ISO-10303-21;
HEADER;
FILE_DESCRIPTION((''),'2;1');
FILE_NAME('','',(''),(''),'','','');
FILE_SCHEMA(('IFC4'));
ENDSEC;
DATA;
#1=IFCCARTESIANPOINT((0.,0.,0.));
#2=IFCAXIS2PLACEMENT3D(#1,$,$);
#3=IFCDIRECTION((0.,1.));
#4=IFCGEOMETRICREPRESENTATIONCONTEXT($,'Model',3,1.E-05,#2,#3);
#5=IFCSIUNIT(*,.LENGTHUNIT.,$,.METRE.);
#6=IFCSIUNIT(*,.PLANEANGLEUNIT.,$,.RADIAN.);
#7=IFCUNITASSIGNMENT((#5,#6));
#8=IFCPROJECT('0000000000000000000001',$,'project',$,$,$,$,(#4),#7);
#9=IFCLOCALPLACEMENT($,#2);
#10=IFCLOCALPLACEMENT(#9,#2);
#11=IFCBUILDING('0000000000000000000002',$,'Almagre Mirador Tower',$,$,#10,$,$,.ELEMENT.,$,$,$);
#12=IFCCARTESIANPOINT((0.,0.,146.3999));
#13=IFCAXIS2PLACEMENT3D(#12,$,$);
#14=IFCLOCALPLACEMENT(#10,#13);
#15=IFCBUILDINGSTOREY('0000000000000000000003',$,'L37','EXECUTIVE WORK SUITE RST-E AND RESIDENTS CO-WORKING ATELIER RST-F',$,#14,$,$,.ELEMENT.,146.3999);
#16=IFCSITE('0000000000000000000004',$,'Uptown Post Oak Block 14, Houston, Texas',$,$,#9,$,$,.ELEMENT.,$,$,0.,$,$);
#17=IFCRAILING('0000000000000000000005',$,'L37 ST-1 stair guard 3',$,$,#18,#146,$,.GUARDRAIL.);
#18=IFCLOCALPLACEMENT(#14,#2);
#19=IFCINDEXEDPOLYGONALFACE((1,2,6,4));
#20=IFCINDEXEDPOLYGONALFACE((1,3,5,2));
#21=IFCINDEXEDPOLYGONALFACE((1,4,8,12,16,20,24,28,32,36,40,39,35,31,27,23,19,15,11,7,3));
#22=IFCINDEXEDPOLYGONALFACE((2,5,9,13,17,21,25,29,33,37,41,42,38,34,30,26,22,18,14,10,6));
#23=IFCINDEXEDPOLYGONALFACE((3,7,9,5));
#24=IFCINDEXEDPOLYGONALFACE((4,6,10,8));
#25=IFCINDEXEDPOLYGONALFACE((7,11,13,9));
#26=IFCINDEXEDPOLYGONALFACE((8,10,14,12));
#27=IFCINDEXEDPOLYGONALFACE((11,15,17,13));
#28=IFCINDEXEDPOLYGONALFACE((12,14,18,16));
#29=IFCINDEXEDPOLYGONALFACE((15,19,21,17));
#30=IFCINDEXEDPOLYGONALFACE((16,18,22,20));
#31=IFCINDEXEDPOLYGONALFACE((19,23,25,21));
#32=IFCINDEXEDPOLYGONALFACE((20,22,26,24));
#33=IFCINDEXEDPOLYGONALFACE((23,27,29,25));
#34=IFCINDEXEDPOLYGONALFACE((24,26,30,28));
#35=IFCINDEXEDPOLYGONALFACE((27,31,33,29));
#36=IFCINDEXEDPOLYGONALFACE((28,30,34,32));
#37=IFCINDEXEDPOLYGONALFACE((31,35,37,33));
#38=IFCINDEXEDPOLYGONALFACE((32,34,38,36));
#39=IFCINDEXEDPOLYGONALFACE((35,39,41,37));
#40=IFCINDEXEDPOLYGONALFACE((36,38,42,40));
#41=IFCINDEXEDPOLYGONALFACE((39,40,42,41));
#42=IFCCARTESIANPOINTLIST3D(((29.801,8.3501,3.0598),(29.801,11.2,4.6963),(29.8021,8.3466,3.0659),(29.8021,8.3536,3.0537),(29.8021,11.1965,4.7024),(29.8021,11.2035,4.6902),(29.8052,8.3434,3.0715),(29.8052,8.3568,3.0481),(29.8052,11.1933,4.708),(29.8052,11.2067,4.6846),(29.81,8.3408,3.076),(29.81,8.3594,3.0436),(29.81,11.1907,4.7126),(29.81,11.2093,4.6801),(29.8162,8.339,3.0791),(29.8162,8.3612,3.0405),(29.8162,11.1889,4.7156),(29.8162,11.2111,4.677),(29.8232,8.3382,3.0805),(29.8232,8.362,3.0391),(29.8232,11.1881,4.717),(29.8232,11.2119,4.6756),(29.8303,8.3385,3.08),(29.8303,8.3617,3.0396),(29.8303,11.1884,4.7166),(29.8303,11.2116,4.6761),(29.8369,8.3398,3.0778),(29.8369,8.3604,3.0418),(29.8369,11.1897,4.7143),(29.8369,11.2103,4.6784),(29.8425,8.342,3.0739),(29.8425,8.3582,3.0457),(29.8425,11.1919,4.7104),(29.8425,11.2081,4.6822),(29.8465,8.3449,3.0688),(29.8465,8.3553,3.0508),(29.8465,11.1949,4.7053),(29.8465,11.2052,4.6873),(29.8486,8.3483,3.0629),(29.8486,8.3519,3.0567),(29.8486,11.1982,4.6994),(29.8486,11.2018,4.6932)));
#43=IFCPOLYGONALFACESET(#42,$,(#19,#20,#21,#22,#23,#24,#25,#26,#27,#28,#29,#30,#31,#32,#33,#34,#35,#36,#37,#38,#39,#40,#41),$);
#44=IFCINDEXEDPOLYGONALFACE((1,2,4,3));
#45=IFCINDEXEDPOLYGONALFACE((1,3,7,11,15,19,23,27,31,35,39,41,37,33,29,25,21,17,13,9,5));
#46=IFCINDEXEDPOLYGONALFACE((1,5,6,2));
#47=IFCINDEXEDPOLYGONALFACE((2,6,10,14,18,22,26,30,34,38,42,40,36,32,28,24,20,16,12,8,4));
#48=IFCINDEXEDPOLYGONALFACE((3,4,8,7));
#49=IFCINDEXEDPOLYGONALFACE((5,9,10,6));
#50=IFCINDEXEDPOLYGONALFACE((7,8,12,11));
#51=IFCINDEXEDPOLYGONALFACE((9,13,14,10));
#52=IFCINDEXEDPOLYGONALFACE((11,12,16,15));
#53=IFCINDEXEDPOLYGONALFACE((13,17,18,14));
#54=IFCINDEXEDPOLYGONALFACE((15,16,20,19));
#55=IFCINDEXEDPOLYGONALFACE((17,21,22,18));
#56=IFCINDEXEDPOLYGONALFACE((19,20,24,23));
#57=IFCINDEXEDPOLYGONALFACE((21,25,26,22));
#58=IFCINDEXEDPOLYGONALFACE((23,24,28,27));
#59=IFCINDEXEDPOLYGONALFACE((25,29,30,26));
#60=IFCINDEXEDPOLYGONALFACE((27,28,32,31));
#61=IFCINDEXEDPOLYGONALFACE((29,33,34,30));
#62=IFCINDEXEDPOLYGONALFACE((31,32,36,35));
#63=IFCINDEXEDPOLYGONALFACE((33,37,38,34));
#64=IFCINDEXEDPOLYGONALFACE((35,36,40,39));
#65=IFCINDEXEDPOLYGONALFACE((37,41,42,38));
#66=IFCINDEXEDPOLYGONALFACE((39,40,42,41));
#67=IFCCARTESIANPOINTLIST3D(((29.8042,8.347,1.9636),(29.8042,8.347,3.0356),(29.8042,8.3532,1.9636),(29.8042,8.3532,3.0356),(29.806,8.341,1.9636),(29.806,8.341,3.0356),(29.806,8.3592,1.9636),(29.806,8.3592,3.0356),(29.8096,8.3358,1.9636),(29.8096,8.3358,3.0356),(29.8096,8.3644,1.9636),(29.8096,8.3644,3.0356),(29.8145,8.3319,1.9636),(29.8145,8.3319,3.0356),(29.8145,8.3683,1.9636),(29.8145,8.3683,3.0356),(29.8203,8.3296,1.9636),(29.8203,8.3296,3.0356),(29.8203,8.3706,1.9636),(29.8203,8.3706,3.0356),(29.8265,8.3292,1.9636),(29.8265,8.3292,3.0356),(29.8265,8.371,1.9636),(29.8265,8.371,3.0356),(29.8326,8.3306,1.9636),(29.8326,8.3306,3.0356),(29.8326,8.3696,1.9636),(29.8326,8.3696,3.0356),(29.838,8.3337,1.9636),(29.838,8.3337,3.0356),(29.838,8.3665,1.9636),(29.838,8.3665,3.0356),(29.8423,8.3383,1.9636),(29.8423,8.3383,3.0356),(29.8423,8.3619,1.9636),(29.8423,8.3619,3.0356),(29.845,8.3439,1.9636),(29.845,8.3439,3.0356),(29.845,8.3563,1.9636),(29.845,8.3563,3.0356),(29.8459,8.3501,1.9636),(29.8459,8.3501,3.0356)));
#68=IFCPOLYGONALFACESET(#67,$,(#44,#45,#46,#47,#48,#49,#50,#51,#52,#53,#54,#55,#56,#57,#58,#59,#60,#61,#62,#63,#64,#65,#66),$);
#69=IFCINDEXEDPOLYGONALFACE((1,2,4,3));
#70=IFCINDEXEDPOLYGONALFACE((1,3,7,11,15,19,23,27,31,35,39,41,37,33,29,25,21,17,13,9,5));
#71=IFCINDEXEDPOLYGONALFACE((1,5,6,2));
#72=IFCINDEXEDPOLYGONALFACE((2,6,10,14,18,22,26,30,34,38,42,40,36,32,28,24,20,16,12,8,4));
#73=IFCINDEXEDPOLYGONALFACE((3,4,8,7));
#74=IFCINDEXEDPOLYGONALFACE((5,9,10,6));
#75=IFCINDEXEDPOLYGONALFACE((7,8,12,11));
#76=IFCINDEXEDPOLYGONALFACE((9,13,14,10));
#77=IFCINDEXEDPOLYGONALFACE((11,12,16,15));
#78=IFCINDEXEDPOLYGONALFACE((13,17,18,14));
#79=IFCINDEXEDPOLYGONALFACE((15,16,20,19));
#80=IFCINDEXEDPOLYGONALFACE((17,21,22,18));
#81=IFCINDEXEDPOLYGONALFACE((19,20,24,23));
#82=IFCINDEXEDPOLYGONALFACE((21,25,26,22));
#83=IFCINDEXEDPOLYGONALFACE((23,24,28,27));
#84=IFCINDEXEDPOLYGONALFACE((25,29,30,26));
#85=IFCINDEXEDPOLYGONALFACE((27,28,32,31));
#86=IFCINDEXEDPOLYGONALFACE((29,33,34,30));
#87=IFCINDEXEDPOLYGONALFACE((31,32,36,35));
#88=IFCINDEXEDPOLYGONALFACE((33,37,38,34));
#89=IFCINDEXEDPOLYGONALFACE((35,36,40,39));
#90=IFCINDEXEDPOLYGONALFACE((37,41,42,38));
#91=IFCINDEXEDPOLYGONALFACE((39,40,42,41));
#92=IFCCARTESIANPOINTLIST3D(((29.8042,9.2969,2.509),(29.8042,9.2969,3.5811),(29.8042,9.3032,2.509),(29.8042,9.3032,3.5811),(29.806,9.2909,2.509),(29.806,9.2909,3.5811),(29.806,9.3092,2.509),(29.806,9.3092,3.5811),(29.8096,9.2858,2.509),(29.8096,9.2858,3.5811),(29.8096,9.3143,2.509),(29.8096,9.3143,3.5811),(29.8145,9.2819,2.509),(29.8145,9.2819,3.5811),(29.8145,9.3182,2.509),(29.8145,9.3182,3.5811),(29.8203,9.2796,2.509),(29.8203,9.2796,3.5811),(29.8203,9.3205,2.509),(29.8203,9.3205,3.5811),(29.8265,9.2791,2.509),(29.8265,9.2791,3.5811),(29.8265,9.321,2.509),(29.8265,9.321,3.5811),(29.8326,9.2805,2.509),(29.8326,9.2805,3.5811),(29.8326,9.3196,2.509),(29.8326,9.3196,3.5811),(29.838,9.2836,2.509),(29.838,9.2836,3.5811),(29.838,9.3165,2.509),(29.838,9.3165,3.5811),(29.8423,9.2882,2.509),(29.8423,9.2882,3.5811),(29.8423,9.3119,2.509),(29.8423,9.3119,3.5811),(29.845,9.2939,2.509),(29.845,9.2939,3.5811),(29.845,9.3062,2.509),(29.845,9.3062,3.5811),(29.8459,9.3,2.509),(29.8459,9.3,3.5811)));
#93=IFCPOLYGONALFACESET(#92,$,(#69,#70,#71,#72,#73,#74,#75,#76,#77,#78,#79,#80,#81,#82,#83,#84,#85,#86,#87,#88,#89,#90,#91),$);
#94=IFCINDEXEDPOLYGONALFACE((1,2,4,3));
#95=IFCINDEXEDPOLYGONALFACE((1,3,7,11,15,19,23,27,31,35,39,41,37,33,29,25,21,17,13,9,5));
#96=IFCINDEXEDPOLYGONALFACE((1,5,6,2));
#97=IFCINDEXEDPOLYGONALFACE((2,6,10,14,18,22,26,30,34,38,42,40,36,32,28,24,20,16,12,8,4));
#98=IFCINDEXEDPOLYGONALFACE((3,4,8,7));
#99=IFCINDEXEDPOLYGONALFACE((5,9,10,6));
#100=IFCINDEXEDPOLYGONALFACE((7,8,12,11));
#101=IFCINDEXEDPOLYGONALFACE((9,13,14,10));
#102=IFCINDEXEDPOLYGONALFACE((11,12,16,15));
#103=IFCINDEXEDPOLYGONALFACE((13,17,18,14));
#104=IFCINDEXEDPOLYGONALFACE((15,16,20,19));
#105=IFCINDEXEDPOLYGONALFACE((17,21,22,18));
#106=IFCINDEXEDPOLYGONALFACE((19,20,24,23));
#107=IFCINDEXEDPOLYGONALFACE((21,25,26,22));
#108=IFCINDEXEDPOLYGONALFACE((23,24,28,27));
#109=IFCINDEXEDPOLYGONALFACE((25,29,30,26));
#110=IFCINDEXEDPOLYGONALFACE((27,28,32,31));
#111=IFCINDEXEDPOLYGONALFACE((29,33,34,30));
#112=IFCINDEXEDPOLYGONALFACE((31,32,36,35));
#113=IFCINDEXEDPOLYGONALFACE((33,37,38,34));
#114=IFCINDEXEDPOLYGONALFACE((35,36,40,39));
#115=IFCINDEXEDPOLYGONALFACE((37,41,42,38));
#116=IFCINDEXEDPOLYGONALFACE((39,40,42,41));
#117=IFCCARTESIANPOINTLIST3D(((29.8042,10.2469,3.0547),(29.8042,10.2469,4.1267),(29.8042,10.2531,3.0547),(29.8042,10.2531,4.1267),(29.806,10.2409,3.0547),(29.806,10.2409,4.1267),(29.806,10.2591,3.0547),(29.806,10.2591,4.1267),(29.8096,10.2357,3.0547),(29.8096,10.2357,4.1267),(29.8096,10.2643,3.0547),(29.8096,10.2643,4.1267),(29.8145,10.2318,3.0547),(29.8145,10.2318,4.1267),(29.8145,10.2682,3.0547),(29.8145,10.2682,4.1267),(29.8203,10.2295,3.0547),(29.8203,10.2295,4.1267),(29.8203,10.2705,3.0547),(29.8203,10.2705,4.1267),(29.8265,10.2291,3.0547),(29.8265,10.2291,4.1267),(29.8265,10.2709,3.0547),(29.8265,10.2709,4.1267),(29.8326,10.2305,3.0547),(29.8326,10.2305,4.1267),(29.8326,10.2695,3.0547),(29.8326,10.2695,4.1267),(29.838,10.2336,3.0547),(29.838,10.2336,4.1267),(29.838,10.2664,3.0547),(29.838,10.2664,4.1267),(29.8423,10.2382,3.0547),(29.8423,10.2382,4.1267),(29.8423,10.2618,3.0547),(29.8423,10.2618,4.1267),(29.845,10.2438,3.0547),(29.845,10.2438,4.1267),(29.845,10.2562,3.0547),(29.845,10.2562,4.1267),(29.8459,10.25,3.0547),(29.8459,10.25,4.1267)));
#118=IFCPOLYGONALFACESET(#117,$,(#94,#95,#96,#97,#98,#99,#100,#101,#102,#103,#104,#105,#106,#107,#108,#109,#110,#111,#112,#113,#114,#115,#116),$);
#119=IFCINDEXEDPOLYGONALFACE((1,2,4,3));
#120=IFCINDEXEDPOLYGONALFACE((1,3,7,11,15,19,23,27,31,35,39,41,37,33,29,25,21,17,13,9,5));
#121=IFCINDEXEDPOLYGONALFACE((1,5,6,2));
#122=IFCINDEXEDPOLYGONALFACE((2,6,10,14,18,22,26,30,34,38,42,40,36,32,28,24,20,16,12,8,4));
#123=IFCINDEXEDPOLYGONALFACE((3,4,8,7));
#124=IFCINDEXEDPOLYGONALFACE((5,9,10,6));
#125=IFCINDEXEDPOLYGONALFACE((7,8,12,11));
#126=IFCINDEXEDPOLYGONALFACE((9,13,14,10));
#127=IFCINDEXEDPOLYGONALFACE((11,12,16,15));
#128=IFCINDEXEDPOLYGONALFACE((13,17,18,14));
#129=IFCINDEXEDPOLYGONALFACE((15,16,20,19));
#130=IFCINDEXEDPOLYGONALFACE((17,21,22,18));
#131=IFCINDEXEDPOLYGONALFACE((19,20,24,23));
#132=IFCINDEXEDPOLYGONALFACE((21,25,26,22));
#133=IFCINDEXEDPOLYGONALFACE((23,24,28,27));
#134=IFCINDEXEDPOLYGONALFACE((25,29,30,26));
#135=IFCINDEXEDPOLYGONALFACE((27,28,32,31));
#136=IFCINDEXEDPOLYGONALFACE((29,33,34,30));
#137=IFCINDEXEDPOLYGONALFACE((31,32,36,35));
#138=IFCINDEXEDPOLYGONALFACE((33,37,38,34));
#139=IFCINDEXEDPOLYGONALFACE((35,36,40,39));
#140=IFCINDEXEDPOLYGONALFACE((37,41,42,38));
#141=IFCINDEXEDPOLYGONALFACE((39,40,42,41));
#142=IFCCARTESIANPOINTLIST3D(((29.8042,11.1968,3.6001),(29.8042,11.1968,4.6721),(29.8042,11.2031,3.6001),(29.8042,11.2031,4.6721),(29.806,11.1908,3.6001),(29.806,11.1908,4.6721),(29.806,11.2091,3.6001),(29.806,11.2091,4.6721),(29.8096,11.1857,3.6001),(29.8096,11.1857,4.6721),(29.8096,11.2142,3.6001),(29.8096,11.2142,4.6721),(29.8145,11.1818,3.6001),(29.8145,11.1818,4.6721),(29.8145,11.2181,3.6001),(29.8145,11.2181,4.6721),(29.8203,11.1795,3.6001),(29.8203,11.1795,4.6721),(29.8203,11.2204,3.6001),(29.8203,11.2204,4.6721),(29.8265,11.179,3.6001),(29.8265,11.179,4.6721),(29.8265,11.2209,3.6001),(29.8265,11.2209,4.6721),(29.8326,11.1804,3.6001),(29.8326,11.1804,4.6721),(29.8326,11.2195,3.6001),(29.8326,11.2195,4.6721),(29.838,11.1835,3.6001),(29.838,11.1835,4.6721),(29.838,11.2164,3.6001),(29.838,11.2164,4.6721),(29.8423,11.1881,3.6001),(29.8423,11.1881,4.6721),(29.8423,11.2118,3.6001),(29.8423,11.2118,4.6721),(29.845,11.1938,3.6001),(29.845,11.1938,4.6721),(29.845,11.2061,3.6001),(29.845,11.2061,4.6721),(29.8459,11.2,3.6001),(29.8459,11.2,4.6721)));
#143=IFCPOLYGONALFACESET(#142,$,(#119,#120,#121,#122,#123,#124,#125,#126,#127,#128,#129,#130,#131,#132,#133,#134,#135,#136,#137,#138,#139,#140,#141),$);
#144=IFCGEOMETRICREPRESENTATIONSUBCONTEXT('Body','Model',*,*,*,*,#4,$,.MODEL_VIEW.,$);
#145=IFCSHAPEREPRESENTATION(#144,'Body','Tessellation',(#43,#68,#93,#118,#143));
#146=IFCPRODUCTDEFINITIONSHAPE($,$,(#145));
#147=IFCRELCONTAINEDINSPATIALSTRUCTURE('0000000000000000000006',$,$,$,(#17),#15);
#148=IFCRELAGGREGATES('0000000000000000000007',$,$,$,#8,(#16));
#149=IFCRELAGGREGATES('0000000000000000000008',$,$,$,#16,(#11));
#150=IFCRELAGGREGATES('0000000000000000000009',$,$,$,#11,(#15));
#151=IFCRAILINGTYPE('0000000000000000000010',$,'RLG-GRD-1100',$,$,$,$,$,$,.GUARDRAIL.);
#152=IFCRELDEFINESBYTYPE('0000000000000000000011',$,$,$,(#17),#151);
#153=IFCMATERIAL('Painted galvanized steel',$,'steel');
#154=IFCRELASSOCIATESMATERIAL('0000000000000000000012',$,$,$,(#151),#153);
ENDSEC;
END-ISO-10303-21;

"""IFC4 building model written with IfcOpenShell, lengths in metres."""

from ifc_helpers import new_model, si_unit, direction, frame, origin, origin_2d, place, context, subcontext, project, spatial, circle, extrude, material, type_object, element, save


model = new_model("IFC4")

# Units and contexts
model_context = context("Model", 3, precision=1e-05, world=origin(), true_north=direction((0.0, 1.0)))
body_context = subcontext(model_context, "Body", "Model", "MODEL_VIEW")
ifc_project = project(units=[si_unit("LENGTHUNIT", "METRE"), si_unit("PLANEANGLEUNIT", "RADIAN")], contexts=[model_context])

# Site, building, storey
site_placement = place(None, origin())
site = spatial("IfcSite", under=ifc_project, at=site_placement, Name="Uptown Post Oak Block 14, Houston, Texas", CompositionType="ELEMENT", RefElevation=0.0)
building_placement = place(site_placement, origin())
building = spatial("IfcBuilding", under=site, at=building_placement, Name="Almagre Mirador Tower", CompositionType="ELEMENT")
storey_placement = place(building_placement, frame((0.0, 0.0, 146.3999)))
storey = spatial("IfcBuildingStorey", under=building, at=storey_placement, Name="L37", Description="EXECUTIVE WORK SUITE RST-E AND RESIDENTS CO-WORKING ATELIER RST-F", CompositionType="ELEMENT", Elevation=146.3999)

# Railing
ifc_material_1 = material(Name="Painted galvanized steel", Category="steel")
railing_type_1 = type_object("IfcRailingType", Name="RLG-GRD-1100", PredefinedType="GUARDRAIL", material=ifc_material_1)
railing_1_placement = place(storey_placement, frame((29.825, 8.3501, 1.9636)))
element("IfcRailing", 1, at=railing_1_placement, inside=storey, type_object=railing_type_1, Name="L37 ST-1 stair guard 3", PredefinedType="GUARDRAIL", context=body_context, shape_type="SweptSolid", body=[
    extrude(circle(Radius=0.0239, at=origin_2d()), frame((0.0, 0.0, 1.0962), z_axis=(0.0, 0.867194, 0.49797), x_axis=(-1.0, 0.0, 0.0)), (0.0, 0.0, 1.0), 3.2864),
    extrude(circle(Radius=0.021, at=origin_2d()), origin(), (0.0, 0.0, 1.0), 1.072),
    extrude(circle(Radius=0.021, at=origin_2d()), frame((0.0, 0.95, 0.5454)), (0.0, 0.0, 1.0), 1.072),
    extrude(circle(Radius=0.021, at=origin_2d()), frame((0.0, 1.8999, 1.0911)), (0.0, 0.0, 1.0), 1.072),
    extrude(circle(Radius=0.021, at=origin_2d()), frame((0.0, 2.8499, 1.6365)), (0.0, 0.0, 1.0), 1.072),
])

save(model, "model.ifc")
